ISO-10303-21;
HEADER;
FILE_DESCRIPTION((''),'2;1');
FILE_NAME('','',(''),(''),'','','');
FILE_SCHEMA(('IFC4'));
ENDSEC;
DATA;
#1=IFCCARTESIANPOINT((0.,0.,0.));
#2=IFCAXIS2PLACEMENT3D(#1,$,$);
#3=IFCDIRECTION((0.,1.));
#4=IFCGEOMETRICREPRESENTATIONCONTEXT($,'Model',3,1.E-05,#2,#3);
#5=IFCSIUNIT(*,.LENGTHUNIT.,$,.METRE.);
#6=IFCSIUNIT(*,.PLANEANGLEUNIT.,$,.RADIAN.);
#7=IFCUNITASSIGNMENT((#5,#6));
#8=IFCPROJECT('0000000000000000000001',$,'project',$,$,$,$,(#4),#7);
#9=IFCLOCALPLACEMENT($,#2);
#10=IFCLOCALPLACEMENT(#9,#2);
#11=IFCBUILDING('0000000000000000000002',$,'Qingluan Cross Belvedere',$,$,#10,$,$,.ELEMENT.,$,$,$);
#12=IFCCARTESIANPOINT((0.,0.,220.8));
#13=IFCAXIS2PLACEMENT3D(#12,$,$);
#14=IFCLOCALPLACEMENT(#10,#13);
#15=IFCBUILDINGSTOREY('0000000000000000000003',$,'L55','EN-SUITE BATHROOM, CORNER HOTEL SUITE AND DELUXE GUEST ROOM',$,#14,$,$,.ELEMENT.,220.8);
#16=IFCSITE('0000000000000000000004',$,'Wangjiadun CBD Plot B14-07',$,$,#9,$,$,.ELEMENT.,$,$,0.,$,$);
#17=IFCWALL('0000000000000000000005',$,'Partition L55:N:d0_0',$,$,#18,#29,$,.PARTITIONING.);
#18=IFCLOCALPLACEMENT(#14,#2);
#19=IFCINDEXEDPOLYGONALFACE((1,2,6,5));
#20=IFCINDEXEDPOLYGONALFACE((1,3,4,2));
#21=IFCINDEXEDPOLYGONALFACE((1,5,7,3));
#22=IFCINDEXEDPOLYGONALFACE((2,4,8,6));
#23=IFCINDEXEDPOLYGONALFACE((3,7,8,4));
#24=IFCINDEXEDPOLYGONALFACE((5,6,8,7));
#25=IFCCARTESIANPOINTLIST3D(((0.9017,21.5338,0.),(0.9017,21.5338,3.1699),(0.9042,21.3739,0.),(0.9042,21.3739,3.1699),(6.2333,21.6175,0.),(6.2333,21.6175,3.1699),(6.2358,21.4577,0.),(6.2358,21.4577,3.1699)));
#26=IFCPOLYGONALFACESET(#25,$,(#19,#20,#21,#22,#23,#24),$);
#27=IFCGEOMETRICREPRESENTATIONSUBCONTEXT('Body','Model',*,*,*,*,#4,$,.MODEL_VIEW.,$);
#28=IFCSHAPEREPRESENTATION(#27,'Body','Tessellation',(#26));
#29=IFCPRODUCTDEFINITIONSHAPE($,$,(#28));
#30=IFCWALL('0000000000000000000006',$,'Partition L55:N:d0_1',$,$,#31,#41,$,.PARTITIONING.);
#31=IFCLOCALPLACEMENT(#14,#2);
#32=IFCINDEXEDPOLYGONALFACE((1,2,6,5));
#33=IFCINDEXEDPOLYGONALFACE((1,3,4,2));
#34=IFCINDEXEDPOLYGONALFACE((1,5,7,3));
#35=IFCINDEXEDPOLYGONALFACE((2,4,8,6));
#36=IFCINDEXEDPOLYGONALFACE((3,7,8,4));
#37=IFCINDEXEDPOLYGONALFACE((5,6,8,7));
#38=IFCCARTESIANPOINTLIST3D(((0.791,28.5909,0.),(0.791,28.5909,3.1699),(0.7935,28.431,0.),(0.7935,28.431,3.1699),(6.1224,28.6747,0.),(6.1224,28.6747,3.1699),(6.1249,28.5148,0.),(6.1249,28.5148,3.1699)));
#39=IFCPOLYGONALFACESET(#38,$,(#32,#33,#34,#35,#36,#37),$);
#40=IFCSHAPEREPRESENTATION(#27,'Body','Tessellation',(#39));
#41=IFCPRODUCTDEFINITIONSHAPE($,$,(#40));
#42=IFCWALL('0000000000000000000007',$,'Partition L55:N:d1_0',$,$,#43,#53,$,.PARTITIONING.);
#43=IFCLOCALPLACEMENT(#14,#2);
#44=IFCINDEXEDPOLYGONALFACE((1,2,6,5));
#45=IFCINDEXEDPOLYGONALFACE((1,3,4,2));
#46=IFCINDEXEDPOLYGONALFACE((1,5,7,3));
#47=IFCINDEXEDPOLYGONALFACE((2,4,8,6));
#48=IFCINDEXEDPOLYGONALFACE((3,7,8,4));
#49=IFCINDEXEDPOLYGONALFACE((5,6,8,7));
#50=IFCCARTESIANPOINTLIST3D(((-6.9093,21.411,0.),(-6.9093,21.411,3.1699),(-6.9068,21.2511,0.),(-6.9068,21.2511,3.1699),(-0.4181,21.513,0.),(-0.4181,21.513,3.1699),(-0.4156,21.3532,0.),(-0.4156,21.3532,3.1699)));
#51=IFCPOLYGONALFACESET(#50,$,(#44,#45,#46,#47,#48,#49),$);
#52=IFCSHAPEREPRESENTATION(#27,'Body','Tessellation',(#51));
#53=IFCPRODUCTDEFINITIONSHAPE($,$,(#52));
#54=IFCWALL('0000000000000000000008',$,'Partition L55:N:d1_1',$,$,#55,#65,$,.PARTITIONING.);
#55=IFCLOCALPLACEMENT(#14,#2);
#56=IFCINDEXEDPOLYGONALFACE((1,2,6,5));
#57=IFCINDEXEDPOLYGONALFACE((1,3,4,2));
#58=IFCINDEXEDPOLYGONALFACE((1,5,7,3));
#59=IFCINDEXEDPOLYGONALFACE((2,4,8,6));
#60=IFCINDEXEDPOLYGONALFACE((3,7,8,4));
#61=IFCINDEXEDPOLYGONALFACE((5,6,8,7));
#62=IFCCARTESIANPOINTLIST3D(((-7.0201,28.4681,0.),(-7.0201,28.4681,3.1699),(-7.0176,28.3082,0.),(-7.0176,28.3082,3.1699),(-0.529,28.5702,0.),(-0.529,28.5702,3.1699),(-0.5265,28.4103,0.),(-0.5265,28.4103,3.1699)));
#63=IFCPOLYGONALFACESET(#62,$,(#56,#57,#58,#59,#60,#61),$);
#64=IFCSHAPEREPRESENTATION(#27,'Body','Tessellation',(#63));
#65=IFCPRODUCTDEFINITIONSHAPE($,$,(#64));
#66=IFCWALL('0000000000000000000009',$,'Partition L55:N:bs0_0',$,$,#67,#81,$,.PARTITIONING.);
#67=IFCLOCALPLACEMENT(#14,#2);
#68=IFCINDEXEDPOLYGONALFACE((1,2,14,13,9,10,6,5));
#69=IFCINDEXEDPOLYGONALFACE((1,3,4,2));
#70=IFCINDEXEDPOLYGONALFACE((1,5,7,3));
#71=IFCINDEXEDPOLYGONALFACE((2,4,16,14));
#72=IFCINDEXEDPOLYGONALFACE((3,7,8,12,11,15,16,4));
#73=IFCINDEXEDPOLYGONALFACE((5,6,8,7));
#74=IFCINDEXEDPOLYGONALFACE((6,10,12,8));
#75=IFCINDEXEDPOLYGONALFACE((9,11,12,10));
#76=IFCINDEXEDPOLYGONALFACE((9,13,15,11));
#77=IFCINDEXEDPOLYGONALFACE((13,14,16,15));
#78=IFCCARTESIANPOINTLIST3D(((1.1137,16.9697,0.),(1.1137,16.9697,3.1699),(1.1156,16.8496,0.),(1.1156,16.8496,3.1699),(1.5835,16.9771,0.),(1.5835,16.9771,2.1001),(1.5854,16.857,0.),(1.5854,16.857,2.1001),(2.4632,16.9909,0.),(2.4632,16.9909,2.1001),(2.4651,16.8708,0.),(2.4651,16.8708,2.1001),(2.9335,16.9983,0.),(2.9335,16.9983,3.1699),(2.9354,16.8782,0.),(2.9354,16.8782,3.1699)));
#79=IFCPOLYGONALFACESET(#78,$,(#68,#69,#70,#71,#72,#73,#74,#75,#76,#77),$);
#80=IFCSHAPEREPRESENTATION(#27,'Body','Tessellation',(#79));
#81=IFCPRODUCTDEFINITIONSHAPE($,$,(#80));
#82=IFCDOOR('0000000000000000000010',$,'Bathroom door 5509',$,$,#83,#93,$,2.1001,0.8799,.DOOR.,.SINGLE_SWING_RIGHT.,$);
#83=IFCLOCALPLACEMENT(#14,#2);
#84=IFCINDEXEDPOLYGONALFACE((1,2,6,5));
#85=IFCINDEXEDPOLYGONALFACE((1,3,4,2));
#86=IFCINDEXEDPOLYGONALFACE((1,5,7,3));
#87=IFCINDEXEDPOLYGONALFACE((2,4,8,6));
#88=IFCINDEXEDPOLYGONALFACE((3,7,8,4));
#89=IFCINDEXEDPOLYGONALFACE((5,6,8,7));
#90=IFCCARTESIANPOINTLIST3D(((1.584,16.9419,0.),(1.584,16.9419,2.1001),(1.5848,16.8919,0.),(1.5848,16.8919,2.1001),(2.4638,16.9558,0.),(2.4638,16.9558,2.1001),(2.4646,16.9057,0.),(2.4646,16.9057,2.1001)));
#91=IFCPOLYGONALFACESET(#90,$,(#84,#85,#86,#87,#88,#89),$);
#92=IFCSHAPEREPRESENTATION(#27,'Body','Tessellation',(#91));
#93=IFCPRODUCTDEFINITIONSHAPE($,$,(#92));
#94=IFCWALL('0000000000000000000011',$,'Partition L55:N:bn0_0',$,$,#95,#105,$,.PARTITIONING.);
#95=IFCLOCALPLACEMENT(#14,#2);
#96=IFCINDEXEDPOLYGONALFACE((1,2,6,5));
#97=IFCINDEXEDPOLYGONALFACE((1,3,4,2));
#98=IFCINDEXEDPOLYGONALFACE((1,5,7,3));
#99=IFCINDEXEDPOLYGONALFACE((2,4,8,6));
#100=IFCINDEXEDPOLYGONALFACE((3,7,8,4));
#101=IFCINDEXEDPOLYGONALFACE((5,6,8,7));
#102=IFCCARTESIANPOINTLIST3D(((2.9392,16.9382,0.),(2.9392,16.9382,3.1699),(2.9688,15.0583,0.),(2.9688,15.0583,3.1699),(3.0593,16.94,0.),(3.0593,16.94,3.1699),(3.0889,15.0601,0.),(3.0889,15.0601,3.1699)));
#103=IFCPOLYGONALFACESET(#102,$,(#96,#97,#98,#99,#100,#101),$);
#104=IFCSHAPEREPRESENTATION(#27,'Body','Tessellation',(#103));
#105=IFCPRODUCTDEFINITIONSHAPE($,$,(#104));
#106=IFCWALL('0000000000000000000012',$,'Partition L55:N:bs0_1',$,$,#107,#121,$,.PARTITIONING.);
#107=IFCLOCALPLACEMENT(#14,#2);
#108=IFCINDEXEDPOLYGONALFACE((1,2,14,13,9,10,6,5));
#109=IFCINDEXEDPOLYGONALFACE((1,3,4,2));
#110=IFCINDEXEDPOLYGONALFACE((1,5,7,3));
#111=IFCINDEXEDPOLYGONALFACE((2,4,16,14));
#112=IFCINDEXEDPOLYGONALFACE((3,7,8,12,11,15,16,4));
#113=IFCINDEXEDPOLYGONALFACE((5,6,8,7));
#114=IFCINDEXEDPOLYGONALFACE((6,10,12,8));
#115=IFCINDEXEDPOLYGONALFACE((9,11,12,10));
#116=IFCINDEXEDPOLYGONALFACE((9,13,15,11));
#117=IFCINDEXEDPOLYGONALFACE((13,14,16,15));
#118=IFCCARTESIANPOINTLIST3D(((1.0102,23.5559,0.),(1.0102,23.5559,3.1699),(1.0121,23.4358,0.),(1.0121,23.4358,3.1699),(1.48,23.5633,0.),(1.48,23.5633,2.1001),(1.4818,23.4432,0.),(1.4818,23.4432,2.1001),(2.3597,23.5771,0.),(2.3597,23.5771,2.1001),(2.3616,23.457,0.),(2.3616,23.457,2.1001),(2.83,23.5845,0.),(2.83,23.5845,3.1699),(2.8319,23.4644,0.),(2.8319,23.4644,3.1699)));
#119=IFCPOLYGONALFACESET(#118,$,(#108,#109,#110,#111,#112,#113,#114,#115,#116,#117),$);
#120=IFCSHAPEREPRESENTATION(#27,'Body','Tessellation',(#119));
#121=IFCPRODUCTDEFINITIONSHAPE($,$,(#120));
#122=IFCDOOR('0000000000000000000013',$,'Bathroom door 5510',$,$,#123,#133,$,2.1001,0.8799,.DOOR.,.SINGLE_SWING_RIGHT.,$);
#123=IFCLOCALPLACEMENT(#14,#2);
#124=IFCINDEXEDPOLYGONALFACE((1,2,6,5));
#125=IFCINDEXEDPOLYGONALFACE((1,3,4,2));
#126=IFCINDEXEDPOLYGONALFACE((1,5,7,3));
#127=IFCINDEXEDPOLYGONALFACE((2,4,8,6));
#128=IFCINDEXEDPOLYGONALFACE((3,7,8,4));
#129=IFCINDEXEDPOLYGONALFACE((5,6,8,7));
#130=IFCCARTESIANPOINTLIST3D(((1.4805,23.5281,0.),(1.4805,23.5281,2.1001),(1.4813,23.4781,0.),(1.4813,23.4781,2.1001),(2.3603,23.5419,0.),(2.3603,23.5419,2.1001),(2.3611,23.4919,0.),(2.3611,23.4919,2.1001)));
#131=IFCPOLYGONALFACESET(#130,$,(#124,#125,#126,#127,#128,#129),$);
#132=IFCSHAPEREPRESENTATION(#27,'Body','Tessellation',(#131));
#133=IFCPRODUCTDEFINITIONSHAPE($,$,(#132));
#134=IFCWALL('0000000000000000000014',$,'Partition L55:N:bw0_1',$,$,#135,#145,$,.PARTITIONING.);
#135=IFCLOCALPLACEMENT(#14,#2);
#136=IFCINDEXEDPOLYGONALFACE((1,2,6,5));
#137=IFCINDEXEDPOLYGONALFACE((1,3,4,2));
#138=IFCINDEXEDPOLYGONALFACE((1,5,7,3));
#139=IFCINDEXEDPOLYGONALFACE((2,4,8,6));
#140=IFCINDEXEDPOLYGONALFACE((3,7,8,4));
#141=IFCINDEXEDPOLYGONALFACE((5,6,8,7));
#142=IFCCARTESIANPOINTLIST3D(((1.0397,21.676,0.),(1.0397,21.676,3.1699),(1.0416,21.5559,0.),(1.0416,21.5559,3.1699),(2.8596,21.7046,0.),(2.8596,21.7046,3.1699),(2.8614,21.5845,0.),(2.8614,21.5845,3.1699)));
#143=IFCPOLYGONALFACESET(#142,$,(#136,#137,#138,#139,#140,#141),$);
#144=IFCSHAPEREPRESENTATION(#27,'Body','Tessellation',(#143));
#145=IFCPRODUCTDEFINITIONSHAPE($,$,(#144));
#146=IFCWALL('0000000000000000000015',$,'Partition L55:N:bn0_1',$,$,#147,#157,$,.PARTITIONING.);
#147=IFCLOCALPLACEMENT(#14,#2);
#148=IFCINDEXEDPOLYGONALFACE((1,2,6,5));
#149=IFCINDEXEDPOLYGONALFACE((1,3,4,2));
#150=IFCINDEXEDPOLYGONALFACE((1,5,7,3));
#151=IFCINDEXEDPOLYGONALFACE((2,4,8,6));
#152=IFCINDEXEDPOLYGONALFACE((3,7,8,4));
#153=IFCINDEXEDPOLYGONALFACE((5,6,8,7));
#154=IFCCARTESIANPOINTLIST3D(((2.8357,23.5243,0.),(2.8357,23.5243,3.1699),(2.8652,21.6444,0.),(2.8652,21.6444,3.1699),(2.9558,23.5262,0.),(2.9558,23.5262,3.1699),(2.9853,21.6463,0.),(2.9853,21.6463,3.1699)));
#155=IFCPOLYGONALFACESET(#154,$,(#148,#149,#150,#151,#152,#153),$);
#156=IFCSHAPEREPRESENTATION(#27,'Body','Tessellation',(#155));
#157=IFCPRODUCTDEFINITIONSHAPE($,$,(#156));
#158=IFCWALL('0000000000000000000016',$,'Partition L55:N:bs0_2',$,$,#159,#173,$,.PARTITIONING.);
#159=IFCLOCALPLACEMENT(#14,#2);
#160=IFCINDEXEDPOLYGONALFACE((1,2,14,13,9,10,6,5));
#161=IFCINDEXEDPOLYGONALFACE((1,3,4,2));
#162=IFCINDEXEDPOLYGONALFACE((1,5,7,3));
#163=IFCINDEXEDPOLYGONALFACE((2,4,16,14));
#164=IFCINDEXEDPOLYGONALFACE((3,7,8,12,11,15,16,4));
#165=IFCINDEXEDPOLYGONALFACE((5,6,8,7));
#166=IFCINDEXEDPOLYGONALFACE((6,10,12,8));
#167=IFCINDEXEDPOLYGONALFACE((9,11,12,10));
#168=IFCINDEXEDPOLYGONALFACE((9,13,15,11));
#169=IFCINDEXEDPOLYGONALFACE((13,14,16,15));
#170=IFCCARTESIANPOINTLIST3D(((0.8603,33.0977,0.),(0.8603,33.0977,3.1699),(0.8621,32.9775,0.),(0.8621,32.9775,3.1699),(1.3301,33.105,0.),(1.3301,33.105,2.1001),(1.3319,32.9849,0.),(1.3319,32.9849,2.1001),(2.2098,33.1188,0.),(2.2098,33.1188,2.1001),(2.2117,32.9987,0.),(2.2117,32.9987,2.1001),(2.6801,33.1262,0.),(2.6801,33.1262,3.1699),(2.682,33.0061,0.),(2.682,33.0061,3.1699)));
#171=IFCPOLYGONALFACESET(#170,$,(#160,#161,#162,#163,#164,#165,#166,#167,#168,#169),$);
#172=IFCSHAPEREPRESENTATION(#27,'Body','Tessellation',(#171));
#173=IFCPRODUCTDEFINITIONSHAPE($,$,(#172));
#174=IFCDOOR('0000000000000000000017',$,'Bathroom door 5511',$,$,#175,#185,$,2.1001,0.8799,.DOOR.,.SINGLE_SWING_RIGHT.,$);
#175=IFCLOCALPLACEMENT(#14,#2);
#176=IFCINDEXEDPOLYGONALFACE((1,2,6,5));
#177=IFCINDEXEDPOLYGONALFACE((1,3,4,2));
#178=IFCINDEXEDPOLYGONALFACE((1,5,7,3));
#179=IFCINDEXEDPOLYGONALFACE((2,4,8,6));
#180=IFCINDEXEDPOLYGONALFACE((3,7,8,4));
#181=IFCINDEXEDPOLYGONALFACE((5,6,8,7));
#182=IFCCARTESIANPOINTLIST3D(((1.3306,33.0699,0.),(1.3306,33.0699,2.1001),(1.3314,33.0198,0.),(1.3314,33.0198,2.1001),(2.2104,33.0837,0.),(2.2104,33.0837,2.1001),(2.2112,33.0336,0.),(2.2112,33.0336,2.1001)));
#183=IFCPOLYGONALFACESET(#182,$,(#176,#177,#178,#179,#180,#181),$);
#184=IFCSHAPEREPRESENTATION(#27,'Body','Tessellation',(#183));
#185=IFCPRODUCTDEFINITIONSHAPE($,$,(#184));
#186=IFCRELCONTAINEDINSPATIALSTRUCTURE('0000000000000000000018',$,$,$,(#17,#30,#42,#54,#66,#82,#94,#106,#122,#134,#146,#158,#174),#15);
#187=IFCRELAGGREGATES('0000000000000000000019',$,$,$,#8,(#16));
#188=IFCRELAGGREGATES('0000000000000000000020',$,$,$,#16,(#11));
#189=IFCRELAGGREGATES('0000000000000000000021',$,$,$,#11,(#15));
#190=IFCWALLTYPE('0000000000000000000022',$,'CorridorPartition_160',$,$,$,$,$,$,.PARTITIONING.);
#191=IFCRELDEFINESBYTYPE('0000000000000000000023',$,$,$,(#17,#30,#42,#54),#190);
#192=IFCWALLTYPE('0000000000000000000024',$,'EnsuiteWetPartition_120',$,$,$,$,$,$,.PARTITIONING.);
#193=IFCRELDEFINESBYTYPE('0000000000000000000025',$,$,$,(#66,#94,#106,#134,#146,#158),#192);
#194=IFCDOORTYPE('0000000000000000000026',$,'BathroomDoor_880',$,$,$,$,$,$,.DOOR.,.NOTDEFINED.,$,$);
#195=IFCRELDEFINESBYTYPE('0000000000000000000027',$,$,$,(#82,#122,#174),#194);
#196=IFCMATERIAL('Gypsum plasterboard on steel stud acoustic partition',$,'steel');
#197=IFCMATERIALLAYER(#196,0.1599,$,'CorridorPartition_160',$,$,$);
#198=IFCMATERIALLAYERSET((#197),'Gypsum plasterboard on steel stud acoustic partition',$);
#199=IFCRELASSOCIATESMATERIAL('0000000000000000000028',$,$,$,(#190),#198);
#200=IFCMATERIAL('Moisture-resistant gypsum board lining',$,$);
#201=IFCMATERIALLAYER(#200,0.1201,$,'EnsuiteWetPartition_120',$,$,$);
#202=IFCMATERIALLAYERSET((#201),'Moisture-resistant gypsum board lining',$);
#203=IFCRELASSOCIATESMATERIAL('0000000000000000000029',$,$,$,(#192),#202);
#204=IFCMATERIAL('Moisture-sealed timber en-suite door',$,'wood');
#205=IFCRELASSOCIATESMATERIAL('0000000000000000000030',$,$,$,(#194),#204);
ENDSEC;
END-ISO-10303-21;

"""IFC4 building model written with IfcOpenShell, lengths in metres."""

from ifc_helpers import new_model, si_unit, direction, frame, frame_2d, origin, place, context, subcontext, project, spatial, rectangle, extrude, material, layer, layer_set, type_object, element, fill, save


model = new_model("IFC4")

# Units and contexts
model_context = context("Model", 3, precision=1e-05, world=origin(), true_north=direction((0.0, 1.0)))
body_context = subcontext(model_context, "Body", "Model", "MODEL_VIEW")
ifc_project = project(units=[si_unit("LENGTHUNIT", "METRE"), si_unit("PLANEANGLEUNIT", "RADIAN")], contexts=[model_context])

# Site, building, storey
site_placement = place(None, origin())
site = spatial("IfcSite", under=ifc_project, at=site_placement, Name="Wangjiadun CBD Plot B14-07", CompositionType="ELEMENT", RefElevation=0.0)
building_placement = place(site_placement, origin())
building = spatial("IfcBuilding", under=site, at=building_placement, Name="Qingluan Cross Belvedere", CompositionType="ELEMENT")
storey_placement = place(building_placement, frame((0.0, 0.0, 220.8)))
storey = spatial("IfcBuildingStorey", under=building, at=storey_placement, Name="L55", Description="EN-SUITE BATHROOM, CORNER HOTEL SUITE AND DELUXE GUEST ROOM", CompositionType="ELEMENT", Elevation=220.8)

# Walls
ifc_material_1 = material(Name="Gypsum plasterboard on steel stud acoustic partition", Category="steel")
ifc_layer_1 = layer(ifc_material_1, 0.1599, Name="CorridorPartition_160")
ifc_layer_set_1 = layer_set([ifc_layer_1], Name="Gypsum plasterboard on steel stud acoustic partition")
wall_type_1 = type_object("IfcWallType", Name="CorridorPartition_160", PredefinedType="PARTITIONING", material=ifc_layer_set_1)
wall_1_placement = place(storey_placement, frame((0.9031, 21.4539, 0.0), z_axis=(0.0, 0.0, 1.0), x_axis=(0.999877, 0.015705, 0.0)))
element("IfcWall", 1, at=wall_1_placement, inside=storey, type_object=wall_type_1, Name="Partition L55:N:d0_0", PredefinedType="PARTITIONING", context=body_context, shape_type="SweptSolid", body=[
    extrude(rectangle(XDim=5.3323, YDim=0.1599, at=frame_2d((2.666, 0.0))), origin(), (0.0, 0.0, 1.0), 3.1699),
])
wall_2_placement = place(storey_placement, frame((0.7922, 28.511, 0.0), z_axis=(0.0, 0.0, 1.0), x_axis=(0.999877, 0.015705, 0.0)))
element("IfcWall", 2, at=wall_2_placement, inside=storey, type_object=wall_type_1, Name="Partition L55:N:d0_1", PredefinedType="PARTITIONING", context=body_context, shape_type="SweptSolid", body=[
    extrude(rectangle(XDim=5.332, YDim=0.1599, at=frame_2d((2.666, 0.0))), origin(), (0.0, 0.0, 1.0), 3.1699),
])
for number, where, z_axis, x_axis, name in (
    (3, (-0.4167, 21.4331, 0.0), (0.0, 0.0, 1.0), (-0.999876, -0.015719, 0.0), "Partition L55:N:d1_0"),
    (4, (-0.5276, 28.4902, 0.0), (0.0, 0.0, 1.0), (-0.999876, -0.015719, 0.0), "Partition L55:N:d1_1"),
):
    element("IfcWall", number, at=place(storey_placement, frame(where, z_axis=z_axis, x_axis=x_axis)), inside=storey, type_object=wall_type_1, Name=name, PredefinedType="PARTITIONING", context=body_context, shape_type="SweptSolid", body=[
        extrude(rectangle(XDim=6.4919, YDim=0.1599, at=frame_2d((3.2461, 0.0))), origin(), (0.0, 0.0, 1.0), 3.1699),
    ])

# Wall, opening, door
ifc_material_2 = material(Name="Moisture-resistant gypsum board lining")
ifc_layer_2 = layer(ifc_material_2, 0.1201, Name="EnsuiteWetPartition_120")
ifc_layer_set_2 = layer_set([ifc_layer_2], Name="Moisture-resistant gypsum board lining")
wall_type_2 = type_object("IfcWallType", Name="EnsuiteWetPartition_120", PredefinedType="PARTITIONING", material=ifc_layer_set_2)
wall_3_placement = place(storey_placement, frame((1.1145, 16.9097, 0.0), z_axis=(0.0, 0.0, 1.0), x_axis=(0.999877, 0.015694, 0.0)))
wall_3 = element("IfcWall", 5, at=wall_3_placement, inside=storey, type_object=wall_type_2, Name="Partition L55:N:bs0_0", PredefinedType="PARTITIONING", context=body_context, shape_type="SweptSolid", body=[
    extrude(rectangle(XDim=1.8201, YDim=0.1201, at=frame_2d((0.9102, 0.0))), origin(), (0.0, 0.0, 1.0), 3.1699),
])
opening_1_placement = place(wall_3_placement, frame((0.47, 0.0, 0.0)))
opening_1 = element("IfcOpeningElement", 6, at=opening_1_placement, cuts=wall_3, PredefinedType="OPENING", context=body_context, shape_type="SweptSolid", body=[
    extrude(rectangle(XDim=0.8799, YDim=2.1001, at=frame_2d((0.4399, 1.05))), frame((0.0, 0.0701, 0.0), z_axis=(0.0, -1.0, 0.0), x_axis=(1.0, 0.0, 0.0)), (0.0, 0.0, 1.0), 0.1401),
])
ifc_material_3 = material(Name="Moisture-sealed timber en-suite door", Category="wood")
door_type = type_object("IfcDoorType", Name="BathroomDoor_880", OperationType="NOTDEFINED", PredefinedType="DOOR", material=ifc_material_3)
door_1_placement = place(opening_1_placement, origin())
door_1 = element("IfcDoor", 7, at=door_1_placement, inside=storey, type_object=door_type, Name="Bathroom door 5509", OperationType="SINGLE_SWING_RIGHT", OverallHeight=2.1001, OverallWidth=0.8799, PredefinedType="DOOR", context=body_context, shape_type="SweptSolid", body=[
    extrude(rectangle(XDim=0.8799, YDim=2.1001, at=frame_2d((0.4399, 1.05))), frame((0.0, 0.0249, 0.0), z_axis=(0.0, -1.0, 0.0), x_axis=(1.0, 0.0, 0.0)), (0.0, 0.0, 1.0), 0.05),
])
fill(opening_1, door_1)

# Wall
wall_4_placement = place(storey_placement, frame((3.0288, 15.0593, 0.0), z_axis=(0.0, 0.0, 1.0), x_axis=(-0.015712, 0.999877, 0.0)))
element("IfcWall", 8, at=wall_4_placement, inside=storey, type_object=wall_type_2, Name="Partition L55:N:bn0_0", PredefinedType="PARTITIONING", context=body_context, shape_type="SweptSolid", body=[
    extrude(rectangle(XDim=1.8801, YDim=0.1201, at=frame_2d((0.9399, 0.0))), origin(), (0.0, 0.0, 1.0), 3.1699),
])

# Wall, opening, door
wall_5_placement = place(storey_placement, frame((1.011, 23.4958, 0.0), z_axis=(0.0, 0.0, 1.0), x_axis=(0.999877, 0.015694, 0.0)))
wall_5 = element("IfcWall", 9, at=wall_5_placement, inside=storey, type_object=wall_type_2, Name="Partition L55:N:bs0_1", PredefinedType="PARTITIONING", context=body_context, shape_type="SweptSolid", body=[
    extrude(rectangle(XDim=1.8201, YDim=0.1201, at=frame_2d((0.9102, 0.0))), origin(), (0.0, 0.0, 1.0), 3.1699),
])
opening_2_placement = place(wall_5_placement, frame((0.47, 0.0, 0.0)))
opening_2 = element("IfcOpeningElement", 10, at=opening_2_placement, cuts=wall_5, PredefinedType="OPENING", context=body_context, shape_type="SweptSolid", body=[
    extrude(rectangle(XDim=0.8799, YDim=2.1001, at=frame_2d((0.4399, 1.05))), frame((0.0, 0.0701, 0.0), z_axis=(0.0, -1.0, 0.0), x_axis=(1.0, 0.0, 0.0)), (0.0, 0.0, 1.0), 0.1401),
])
door_2_placement = place(opening_2_placement, origin())
door_2 = element("IfcDoor", 11, at=door_2_placement, inside=storey, type_object=door_type, Name="Bathroom door 5510", OperationType="SINGLE_SWING_RIGHT", OverallHeight=2.1001, OverallWidth=0.8799, PredefinedType="DOOR", context=body_context, shape_type="SweptSolid", body=[
    extrude(rectangle(XDim=0.8799, YDim=2.1001, at=frame_2d((0.4399, 1.05))), frame((0.0, 0.0249, 0.0), z_axis=(0.0, -1.0, 0.0), x_axis=(1.0, 0.0, 0.0)), (0.0, 0.0, 1.0), 0.05),
])
fill(opening_2, door_2)

# Walls
wall_6_placement = place(storey_placement, frame((1.0405, 21.616, 0.0), z_axis=(0.0, 0.0, 1.0), x_axis=(0.999877, 0.015694, 0.0)))
element("IfcWall", 12, at=wall_6_placement, inside=storey, type_object=wall_type_2, Name="Partition L55:N:bw0_1", PredefinedType="PARTITIONING", context=body_context, shape_type="SweptSolid", body=[
    extrude(rectangle(XDim=1.8201, YDim=0.1201, at=frame_2d((0.9102, 0.0))), origin(), (0.0, 0.0, 1.0), 3.1699),
])
wall_7_placement = place(storey_placement, frame((2.9253, 21.6455, 0.0), z_axis=(0.0, 0.0, 1.0), x_axis=(-0.015712, 0.999877, 0.0)))
element("IfcWall", 13, at=wall_7_placement, inside=storey, type_object=wall_type_2, Name="Partition L55:N:bn0_1", PredefinedType="PARTITIONING", context=body_context, shape_type="SweptSolid", body=[
    extrude(rectangle(XDim=1.8801, YDim=0.1201, at=frame_2d((0.9399, 0.0))), origin(), (0.0, 0.0, 1.0), 3.1699),
])

# Wall, opening, door
wall_8_placement = place(storey_placement, frame((0.8611, 33.0376, 0.0), z_axis=(0.0, 0.0, 1.0), x_axis=(0.999877, 0.015694, 0.0)))
wall_8 = element("IfcWall", 14, at=wall_8_placement, inside=storey, type_object=wall_type_2, Name="Partition L55:N:bs0_2", PredefinedType="PARTITIONING", context=body_context, shape_type="SweptSolid", body=[
    extrude(rectangle(XDim=1.8201, YDim=0.1201, at=frame_2d((0.9102, 0.0))), origin(), (0.0, 0.0, 1.0), 3.1699),
])
opening_3_placement = place(wall_8_placement, frame((0.47, 0.0, 0.0)))
opening_3 = element("IfcOpeningElement", 15, at=opening_3_placement, cuts=wall_8, PredefinedType="OPENING", context=body_context, shape_type="SweptSolid", body=[
    extrude(rectangle(XDim=0.8799, YDim=2.1001, at=frame_2d((0.4399, 1.05))), frame((0.0, 0.0701, 0.0), z_axis=(0.0, -1.0, 0.0), x_axis=(1.0, 0.0, 0.0)), (0.0, 0.0, 1.0), 0.1401),
])
door_3_placement = place(opening_3_placement, origin())
door_3 = element("IfcDoor", 16, at=door_3_placement, inside=storey, type_object=door_type, Name="Bathroom door 5511", OperationType="SINGLE_SWING_RIGHT", OverallHeight=2.1001, OverallWidth=0.8799, PredefinedType="DOOR", context=body_context, shape_type="SweptSolid", body=[
    extrude(rectangle(XDim=0.8799, YDim=2.1001, at=frame_2d((0.4399, 1.05))), frame((0.0, 0.0249, 0.0), z_axis=(0.0, -1.0, 0.0), x_axis=(1.0, 0.0, 0.0)), (0.0, 0.0, 1.0), 0.05),
])
fill(opening_3, door_3)

save(model, "model.ifc")
